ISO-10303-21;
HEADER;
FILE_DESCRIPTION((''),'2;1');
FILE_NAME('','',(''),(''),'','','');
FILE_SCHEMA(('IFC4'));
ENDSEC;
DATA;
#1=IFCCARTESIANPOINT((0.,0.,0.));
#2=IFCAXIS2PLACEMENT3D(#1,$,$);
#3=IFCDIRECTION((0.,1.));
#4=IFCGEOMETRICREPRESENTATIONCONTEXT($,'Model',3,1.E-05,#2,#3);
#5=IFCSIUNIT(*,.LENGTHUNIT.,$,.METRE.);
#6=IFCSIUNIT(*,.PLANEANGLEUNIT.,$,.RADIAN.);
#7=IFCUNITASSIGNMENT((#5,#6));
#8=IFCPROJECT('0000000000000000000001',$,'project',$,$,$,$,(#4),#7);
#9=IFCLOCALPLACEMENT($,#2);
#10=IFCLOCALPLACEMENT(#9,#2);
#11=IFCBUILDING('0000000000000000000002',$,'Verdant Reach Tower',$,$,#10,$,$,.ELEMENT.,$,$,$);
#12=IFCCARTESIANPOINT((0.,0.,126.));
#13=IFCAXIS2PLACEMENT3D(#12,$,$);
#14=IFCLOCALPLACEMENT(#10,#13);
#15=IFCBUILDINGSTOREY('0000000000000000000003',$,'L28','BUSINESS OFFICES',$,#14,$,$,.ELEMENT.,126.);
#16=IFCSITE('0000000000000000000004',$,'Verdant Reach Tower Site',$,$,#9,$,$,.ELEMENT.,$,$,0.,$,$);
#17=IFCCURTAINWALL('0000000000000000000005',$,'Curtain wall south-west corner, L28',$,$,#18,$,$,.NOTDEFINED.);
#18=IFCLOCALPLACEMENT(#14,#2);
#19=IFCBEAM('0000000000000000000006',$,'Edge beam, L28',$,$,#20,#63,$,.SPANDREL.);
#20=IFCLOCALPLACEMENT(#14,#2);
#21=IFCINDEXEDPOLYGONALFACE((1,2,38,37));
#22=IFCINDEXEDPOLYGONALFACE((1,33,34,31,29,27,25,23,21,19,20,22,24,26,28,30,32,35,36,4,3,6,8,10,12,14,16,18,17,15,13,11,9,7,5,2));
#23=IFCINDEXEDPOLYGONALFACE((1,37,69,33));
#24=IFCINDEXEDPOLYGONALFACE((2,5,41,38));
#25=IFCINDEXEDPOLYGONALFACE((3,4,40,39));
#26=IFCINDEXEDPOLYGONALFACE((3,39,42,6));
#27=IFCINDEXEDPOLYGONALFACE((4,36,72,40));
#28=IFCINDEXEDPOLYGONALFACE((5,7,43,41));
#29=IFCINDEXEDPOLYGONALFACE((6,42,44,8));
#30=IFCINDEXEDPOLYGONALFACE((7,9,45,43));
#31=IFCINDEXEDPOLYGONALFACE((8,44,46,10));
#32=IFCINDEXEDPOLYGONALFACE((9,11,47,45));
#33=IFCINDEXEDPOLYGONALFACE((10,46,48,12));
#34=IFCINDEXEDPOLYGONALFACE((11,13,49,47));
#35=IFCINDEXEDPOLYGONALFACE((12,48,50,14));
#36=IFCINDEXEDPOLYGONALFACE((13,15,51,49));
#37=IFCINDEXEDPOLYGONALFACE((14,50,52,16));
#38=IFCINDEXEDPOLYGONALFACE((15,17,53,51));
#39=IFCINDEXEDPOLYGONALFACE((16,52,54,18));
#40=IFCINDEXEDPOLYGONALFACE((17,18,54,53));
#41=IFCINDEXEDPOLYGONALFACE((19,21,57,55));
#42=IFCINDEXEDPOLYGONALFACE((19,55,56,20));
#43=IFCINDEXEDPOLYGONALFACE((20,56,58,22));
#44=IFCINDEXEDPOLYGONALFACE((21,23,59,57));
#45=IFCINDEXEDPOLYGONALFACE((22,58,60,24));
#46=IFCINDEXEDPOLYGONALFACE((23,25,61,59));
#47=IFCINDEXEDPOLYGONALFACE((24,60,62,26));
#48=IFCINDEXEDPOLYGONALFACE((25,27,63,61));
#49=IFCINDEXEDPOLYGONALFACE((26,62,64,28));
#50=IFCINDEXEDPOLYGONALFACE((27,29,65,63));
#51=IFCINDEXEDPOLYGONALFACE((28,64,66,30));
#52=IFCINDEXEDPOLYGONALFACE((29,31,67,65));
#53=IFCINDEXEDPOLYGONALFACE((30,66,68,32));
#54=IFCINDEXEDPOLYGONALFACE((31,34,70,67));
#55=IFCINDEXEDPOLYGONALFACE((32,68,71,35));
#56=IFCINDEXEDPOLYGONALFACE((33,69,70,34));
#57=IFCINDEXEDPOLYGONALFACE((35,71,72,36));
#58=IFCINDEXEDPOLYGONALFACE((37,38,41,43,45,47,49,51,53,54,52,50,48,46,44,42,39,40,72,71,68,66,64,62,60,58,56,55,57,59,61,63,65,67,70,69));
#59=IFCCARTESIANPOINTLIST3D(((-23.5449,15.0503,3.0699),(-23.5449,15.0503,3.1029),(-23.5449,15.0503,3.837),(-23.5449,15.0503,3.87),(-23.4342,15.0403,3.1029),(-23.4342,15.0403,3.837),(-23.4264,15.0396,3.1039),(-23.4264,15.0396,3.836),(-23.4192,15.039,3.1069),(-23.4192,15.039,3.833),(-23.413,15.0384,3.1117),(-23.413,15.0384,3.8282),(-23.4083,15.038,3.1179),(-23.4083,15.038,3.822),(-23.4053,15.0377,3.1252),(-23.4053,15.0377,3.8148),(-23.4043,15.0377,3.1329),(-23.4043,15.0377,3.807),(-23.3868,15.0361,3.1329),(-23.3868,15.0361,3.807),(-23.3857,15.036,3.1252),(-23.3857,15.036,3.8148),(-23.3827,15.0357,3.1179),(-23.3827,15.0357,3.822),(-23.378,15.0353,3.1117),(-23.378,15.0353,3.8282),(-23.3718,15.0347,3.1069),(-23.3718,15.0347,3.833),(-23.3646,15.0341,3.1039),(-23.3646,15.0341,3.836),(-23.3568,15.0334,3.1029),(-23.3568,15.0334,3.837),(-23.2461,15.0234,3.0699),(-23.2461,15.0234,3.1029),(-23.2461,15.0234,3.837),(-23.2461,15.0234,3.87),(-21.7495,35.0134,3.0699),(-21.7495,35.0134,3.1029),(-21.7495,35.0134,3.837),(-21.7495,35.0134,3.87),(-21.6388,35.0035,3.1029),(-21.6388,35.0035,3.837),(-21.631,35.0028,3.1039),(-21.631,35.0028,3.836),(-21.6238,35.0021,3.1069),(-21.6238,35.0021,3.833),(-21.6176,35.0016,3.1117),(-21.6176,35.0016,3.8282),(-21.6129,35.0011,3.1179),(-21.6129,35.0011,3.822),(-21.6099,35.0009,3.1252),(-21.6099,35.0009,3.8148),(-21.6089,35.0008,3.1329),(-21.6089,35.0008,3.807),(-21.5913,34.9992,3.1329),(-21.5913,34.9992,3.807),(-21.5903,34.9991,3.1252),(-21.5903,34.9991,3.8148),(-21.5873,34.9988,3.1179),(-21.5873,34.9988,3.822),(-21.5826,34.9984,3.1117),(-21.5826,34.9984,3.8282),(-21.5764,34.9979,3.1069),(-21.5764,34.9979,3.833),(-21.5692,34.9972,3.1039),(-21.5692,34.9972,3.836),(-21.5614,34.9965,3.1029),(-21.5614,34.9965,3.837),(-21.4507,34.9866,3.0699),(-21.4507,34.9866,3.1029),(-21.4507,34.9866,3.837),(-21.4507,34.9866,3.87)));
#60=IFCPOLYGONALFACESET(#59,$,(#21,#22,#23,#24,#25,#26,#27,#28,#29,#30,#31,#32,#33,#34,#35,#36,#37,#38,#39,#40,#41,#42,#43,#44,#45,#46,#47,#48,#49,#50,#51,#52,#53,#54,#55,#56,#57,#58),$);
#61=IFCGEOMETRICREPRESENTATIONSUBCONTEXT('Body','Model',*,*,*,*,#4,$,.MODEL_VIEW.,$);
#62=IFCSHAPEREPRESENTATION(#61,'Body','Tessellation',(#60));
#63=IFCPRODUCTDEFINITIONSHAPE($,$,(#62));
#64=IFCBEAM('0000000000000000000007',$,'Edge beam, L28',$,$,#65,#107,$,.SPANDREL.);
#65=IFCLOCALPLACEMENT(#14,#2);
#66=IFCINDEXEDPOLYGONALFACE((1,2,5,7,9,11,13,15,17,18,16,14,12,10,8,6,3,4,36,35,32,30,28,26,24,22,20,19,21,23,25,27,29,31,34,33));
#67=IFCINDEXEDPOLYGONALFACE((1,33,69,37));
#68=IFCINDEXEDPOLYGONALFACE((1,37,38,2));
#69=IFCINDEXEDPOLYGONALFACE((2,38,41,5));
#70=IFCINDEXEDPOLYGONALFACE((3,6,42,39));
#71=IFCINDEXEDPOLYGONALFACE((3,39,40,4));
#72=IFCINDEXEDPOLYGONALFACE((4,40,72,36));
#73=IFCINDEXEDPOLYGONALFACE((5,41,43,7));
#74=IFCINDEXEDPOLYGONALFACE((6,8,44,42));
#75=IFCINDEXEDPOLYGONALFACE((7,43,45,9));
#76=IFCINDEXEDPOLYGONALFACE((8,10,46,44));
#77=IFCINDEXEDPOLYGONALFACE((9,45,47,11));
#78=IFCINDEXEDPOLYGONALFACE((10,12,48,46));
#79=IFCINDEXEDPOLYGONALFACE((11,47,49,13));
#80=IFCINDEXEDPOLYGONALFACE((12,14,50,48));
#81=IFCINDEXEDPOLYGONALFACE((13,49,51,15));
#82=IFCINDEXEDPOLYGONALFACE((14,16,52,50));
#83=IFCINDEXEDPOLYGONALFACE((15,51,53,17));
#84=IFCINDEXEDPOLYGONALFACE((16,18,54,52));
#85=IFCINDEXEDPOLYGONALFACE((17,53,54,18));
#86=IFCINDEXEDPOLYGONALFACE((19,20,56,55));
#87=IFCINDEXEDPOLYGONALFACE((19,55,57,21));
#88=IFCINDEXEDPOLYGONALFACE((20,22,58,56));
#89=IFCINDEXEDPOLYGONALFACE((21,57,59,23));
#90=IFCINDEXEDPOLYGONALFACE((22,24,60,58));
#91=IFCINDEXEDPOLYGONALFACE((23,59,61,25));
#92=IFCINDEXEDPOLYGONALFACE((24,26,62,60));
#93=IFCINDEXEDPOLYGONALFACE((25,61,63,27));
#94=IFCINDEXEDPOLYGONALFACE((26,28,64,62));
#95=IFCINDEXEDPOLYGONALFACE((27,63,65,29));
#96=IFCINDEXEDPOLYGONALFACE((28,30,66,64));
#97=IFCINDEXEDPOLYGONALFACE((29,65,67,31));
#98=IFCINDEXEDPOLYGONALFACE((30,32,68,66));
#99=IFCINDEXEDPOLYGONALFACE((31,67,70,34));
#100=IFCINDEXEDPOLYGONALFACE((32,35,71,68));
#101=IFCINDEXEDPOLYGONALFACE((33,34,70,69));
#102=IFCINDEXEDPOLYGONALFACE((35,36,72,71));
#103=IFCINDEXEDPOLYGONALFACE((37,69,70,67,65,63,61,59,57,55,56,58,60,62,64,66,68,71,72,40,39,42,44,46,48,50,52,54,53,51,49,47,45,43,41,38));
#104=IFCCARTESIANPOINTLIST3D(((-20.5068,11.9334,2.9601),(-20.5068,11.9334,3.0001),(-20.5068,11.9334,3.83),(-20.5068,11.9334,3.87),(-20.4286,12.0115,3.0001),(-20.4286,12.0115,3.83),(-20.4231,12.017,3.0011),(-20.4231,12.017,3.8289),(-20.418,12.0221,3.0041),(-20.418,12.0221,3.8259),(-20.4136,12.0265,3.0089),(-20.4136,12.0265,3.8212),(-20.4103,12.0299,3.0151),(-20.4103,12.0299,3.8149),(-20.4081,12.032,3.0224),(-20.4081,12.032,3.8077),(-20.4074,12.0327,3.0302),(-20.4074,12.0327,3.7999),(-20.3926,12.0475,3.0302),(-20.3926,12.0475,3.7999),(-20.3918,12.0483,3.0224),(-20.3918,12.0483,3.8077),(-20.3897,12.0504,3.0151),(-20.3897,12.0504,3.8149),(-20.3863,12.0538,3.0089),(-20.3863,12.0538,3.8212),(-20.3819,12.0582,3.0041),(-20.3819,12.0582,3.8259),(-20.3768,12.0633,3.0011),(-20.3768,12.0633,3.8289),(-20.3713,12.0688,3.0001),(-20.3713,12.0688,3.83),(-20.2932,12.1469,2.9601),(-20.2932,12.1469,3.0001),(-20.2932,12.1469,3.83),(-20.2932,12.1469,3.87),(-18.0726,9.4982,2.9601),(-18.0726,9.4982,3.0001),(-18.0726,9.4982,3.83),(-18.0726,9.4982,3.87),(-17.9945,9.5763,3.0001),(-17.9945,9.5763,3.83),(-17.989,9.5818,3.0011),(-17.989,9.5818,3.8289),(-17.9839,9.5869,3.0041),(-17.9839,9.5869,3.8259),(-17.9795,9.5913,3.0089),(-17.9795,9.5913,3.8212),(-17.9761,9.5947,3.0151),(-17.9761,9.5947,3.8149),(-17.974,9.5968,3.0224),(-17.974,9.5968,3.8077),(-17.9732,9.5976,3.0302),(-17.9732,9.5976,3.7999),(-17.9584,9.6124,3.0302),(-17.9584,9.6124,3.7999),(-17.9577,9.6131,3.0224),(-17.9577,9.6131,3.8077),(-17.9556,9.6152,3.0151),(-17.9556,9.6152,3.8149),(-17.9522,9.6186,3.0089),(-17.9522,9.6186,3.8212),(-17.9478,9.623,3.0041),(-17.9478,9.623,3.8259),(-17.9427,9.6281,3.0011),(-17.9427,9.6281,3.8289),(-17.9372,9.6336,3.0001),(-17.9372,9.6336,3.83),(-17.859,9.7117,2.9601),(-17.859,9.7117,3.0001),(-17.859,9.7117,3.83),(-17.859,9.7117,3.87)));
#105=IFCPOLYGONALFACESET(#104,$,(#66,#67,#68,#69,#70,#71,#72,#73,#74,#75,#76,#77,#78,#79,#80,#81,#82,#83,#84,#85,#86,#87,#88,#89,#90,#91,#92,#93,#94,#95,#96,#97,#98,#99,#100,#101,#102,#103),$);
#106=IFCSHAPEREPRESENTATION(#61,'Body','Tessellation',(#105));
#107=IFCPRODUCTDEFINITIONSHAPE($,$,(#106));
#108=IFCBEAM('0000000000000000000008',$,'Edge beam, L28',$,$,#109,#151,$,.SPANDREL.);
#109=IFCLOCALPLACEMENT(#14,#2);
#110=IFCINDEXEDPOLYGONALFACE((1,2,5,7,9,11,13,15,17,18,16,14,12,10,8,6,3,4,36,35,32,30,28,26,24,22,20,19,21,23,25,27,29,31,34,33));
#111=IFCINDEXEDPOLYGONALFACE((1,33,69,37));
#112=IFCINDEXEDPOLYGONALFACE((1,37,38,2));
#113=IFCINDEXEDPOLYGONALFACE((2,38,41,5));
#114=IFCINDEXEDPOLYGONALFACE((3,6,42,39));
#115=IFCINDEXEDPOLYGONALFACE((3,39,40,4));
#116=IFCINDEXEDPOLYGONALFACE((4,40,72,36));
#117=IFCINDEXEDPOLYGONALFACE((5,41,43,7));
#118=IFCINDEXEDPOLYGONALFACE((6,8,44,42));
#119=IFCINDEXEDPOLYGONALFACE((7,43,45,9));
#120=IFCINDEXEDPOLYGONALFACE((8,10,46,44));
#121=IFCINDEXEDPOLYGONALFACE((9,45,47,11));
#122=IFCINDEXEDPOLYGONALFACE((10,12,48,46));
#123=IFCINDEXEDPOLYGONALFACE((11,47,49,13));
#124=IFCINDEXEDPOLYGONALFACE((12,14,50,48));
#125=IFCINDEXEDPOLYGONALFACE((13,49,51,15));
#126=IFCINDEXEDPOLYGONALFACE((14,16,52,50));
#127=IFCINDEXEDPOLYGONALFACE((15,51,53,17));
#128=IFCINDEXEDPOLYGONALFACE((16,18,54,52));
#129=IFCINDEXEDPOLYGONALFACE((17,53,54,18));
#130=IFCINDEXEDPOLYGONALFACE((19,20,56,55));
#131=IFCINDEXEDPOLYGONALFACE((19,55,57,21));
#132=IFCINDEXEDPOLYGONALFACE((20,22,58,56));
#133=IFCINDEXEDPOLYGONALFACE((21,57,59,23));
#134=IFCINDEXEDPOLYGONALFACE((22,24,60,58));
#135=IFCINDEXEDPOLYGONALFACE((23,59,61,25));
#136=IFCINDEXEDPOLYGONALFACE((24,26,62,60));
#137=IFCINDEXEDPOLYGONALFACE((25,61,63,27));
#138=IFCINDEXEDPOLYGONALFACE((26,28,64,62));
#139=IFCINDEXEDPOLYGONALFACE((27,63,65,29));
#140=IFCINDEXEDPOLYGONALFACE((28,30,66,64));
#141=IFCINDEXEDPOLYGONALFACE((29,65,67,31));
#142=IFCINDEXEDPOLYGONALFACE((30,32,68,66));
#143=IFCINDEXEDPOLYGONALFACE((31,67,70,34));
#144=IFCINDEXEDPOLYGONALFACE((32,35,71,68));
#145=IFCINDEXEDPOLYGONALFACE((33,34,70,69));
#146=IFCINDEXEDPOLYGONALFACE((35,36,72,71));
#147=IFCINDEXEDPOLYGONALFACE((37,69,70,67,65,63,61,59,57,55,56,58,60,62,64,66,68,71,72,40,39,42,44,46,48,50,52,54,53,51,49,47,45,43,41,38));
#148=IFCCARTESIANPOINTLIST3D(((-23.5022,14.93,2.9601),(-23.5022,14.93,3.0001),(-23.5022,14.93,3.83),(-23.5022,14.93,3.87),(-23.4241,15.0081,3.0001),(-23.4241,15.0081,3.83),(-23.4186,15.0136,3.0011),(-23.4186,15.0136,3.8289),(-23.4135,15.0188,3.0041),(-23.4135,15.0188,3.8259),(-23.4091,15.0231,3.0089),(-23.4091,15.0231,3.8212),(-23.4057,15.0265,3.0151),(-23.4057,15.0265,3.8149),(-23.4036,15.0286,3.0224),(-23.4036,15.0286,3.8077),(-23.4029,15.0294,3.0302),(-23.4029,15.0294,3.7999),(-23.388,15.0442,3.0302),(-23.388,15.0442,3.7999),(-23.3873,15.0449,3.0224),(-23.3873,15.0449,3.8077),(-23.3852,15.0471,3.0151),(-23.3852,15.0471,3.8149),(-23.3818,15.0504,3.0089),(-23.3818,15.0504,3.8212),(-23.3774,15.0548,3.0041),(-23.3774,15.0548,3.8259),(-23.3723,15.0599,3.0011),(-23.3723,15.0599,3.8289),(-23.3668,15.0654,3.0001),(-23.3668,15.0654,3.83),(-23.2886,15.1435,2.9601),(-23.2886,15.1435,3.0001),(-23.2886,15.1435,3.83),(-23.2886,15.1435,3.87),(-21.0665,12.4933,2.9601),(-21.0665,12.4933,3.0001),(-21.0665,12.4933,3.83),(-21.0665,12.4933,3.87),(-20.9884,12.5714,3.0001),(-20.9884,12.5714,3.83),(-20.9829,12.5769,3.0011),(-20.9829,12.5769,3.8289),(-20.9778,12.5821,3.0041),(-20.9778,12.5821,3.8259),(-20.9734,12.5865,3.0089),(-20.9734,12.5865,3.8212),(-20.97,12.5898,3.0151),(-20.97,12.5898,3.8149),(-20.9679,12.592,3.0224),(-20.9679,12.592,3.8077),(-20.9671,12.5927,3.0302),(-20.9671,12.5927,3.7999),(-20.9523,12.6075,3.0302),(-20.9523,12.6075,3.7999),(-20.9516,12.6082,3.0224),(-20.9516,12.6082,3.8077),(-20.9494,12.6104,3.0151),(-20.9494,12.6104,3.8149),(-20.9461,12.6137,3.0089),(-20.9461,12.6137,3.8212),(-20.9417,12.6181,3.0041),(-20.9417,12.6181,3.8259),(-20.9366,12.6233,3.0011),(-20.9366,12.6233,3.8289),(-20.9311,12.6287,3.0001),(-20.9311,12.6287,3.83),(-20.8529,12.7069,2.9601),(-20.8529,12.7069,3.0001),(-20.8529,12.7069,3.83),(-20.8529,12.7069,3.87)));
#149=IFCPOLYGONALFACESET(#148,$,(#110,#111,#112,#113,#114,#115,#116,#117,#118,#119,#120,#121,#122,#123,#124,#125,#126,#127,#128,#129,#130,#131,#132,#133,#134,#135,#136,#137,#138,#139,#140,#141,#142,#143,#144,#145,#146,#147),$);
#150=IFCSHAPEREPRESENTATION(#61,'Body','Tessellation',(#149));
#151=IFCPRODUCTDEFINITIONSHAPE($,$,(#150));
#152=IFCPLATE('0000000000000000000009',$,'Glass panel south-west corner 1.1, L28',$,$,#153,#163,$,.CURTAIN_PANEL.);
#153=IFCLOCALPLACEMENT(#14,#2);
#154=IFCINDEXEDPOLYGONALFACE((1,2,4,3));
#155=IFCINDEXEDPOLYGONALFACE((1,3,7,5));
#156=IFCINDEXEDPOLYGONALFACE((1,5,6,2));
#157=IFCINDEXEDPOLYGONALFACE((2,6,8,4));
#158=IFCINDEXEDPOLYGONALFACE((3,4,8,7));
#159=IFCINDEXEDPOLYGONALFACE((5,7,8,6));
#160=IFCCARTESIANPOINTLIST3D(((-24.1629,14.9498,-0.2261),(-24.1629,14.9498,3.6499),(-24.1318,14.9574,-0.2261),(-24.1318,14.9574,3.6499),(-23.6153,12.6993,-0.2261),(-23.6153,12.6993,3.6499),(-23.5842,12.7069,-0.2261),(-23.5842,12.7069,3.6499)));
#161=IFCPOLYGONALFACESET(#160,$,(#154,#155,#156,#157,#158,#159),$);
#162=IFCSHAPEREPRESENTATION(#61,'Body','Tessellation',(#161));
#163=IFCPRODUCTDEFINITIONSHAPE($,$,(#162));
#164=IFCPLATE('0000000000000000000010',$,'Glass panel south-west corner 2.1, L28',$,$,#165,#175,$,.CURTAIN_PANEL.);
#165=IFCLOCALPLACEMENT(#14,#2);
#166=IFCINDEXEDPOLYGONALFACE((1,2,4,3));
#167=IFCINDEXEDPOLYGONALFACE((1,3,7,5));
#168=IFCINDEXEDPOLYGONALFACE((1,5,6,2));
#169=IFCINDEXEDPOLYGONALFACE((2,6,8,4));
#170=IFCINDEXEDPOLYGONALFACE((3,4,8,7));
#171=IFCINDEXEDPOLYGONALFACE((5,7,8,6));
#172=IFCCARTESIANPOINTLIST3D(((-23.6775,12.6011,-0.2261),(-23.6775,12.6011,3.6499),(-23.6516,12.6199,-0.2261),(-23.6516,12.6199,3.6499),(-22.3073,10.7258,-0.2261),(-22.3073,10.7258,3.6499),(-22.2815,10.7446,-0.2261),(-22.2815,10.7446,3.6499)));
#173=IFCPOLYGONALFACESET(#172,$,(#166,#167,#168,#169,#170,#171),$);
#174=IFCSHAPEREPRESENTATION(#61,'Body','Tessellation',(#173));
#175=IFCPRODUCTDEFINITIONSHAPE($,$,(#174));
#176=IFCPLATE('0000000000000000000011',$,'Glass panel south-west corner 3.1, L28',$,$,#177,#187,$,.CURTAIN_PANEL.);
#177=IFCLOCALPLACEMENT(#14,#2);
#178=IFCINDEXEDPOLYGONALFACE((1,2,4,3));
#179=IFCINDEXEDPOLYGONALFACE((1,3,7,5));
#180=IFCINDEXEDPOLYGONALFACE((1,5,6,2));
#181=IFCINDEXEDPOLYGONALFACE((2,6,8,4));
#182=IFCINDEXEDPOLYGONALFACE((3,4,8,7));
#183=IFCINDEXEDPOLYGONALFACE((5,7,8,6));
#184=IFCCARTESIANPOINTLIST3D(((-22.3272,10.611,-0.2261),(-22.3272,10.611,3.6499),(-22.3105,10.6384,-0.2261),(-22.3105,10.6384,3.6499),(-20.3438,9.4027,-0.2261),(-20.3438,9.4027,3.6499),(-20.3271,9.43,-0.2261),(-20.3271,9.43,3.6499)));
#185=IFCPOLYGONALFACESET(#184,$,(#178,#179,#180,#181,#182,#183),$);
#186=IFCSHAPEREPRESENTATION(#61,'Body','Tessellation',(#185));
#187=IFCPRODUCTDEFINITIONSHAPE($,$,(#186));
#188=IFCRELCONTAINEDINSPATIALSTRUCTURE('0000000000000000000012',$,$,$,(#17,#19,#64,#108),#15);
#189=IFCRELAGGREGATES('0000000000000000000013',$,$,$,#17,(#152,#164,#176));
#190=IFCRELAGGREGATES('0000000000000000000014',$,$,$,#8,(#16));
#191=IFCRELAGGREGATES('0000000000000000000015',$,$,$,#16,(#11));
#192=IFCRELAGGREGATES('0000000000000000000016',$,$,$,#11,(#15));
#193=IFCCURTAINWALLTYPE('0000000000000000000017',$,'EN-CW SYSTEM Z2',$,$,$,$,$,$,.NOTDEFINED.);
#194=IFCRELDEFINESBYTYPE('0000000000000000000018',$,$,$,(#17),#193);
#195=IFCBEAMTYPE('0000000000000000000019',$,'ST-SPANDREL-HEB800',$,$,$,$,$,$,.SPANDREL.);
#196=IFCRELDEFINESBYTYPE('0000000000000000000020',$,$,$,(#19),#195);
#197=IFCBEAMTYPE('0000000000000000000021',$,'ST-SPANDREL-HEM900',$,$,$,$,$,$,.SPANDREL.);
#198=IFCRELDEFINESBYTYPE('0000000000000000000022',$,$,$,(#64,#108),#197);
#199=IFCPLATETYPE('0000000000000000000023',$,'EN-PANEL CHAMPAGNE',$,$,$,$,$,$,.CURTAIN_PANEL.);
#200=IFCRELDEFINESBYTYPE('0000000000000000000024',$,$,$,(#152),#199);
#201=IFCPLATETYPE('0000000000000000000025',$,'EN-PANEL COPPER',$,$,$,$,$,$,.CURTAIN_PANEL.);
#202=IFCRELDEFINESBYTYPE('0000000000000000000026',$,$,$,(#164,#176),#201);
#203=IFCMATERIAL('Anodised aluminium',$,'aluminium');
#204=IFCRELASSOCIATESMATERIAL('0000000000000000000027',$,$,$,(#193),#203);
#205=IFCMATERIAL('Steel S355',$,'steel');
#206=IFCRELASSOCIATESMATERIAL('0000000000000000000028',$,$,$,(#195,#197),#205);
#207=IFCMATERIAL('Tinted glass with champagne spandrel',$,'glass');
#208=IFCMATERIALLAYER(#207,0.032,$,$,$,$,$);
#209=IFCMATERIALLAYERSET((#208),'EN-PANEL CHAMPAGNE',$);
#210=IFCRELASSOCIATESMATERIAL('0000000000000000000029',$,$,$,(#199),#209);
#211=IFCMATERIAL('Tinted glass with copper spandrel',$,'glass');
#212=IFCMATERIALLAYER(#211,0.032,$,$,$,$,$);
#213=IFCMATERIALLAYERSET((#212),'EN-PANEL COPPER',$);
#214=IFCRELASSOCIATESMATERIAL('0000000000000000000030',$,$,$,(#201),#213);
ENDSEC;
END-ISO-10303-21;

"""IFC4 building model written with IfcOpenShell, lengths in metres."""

from ifc_helpers import new_model, si_unit, direction, frame, origin, origin_2d, place, context, subcontext, project, spatial, rectangle, i_section, extrude, material, layer, layer_set, material_profile, profile_set, type_object, element, aggregate, save


model = new_model("IFC4")

# Units and contexts
model_context = context("Model", 3, precision=1e-05, world=origin(), true_north=direction((0.0, 1.0)))
body_context = subcontext(model_context, "Body", "Model", "MODEL_VIEW")
ifc_project = project(units=[si_unit("LENGTHUNIT", "METRE"), si_unit("PLANEANGLEUNIT", "RADIAN")], contexts=[model_context])

# Site, building, storey
site_placement = place(None, origin())
site = spatial("IfcSite", under=ifc_project, at=site_placement, Name="Verdant Reach Tower Site", CompositionType="ELEMENT", RefElevation=0.0)
building_placement = place(site_placement, origin())
building = spatial("IfcBuilding", under=site, at=building_placement, Name="Verdant Reach Tower", CompositionType="ELEMENT")
storey_placement = place(building_placement, frame((0.0, 0.0, 126.0)))
storey = spatial("IfcBuildingStorey", under=building, at=storey_placement, Name="L28", Description="BUSINESS OFFICES", CompositionType="ELEMENT", Elevation=126.0)

# Shared definitions
ifc_material_1 = material(Name="Anodised aluminium", Category="aluminium")
curtain_wall_type = type_object("IfcCurtainWallType", Name="EN-CW SYSTEM Z2", PredefinedType="NOTDEFINED", material=ifc_material_1)

# Curtain wall
curtain_wall_1_placement = place(storey_placement, origin())
curtain_wall_1 = element("IfcCurtainWall", 1, at=curtain_wall_1_placement, inside=storey, type_object=curtain_wall_type, Name="Curtain wall south-west corner, L28", PredefinedType="NOTDEFINED")

# Beams
ifc_material_2 = material(Name="Steel S355", Category="steel")
ifc_material_profile_1 = material_profile(ifc_material_2, i_section(OverallWidth=0.3, OverallDepth=0.8, WebThickness=0.0176, FlangeThickness=0.033, FilletRadius=0.03, at=origin_2d()), Name="HEB 800")
ifc_profile_set_1 = profile_set([ifc_material_profile_1], Name="Steel S355")
beam_type_1 = type_object("IfcBeamType", Name="ST-SPANDREL-HEB800", PredefinedType="SPANDREL", material=ifc_profile_set_1)
beam_1_placement = place(storey_placement, frame((-23.3955, 15.0369, 3.47), z_axis=(0.089575, 0.99598, 0.0), x_axis=(-0.99598, 0.089575, 0.0)))
element("IfcBeam", 2, at=beam_1_placement, inside=storey, type_object=beam_type_1, Name="Edge beam, L28", PredefinedType="SPANDREL", context=body_context, shape_type="SweptSolid", body=[
    extrude(i_section(OverallWidth=0.3, OverallDepth=0.8, WebThickness=0.0176, FlangeThickness=0.033, FilletRadius=0.03, at=origin_2d()), origin(), (0.0, 0.0, 1.0), 20.0437),
])
ifc_material_profile_2 = material_profile(ifc_material_2, i_section(OverallWidth=0.302, OverallDepth=0.9099, WebThickness=0.021, FlangeThickness=0.04, FilletRadius=0.03, at=origin_2d()), Name="HEM 900")
ifc_profile_set_2 = profile_set([ifc_material_profile_2], Name="Steel S355")
beam_type_2 = type_object("IfcBeamType", Name="ST-SPANDREL-HEM900", PredefinedType="SPANDREL", material=ifc_profile_set_2)
beam_2_placement = place(storey_placement, frame((-17.9658, 9.605, 3.415), z_axis=(-0.706965, 0.707249, 0.0), x_axis=(-0.707249, -0.706965, 0.0)))
element("IfcBeam", 3, at=beam_2_placement, inside=storey, type_object=beam_type_2, Name="Edge beam, L28", PredefinedType="SPANDREL", context=body_context, shape_type="SweptSolid", body=[
    extrude(i_section(OverallWidth=0.302, OverallDepth=0.9099, WebThickness=0.021, FlangeThickness=0.04, FilletRadius=0.03, at=origin_2d()), origin(), (0.0, 0.0, 1.0), 3.4431),
])
beam_3_placement = place(storey_placement, frame((-20.9597, 12.6001, 3.415), z_axis=(-0.706965, 0.707248, 0.0), x_axis=(-0.707248, -0.706965, 0.0)))
element("IfcBeam", 4, at=beam_3_placement, inside=storey, type_object=beam_type_2, Name="Edge beam, L28", PredefinedType="SPANDREL", context=body_context, shape_type="SweptSolid", body=[
    extrude(i_section(OverallWidth=0.302, OverallDepth=0.9099, WebThickness=0.021, FlangeThickness=0.04, FilletRadius=0.03, at=origin_2d()), origin(), (0.0, 0.0, 1.0), 3.4453),
])

# Plates
ifc_material_3 = material(Name="Tinted glass with champagne spandrel", Category="glass")
ifc_layer_1 = layer(ifc_material_3, 0.032)
ifc_layer_set_1 = layer_set([ifc_layer_1], Name="EN-PANEL CHAMPAGNE")
plate_type_1 = type_object("IfcPlateType", Name="EN-PANEL CHAMPAGNE", PredefinedType="CURTAIN_PANEL", material=ifc_layer_set_1)
plate_1_placement = place(storey_placement, frame((-23.8735, 13.8284, -0.2261), z_axis=(0.0, 0.0, 1.0), x_axis=(0.236416, -0.971652, 0.0)))
plate_1 = element("IfcPlate", 5, at=plate_1_placement, type_object=plate_type_1, Name="Glass panel south-west corner 1.1, L28", PredefinedType="CURTAIN_PANEL", context=body_context, shape_type="SweptSolid", body=[
    extrude(rectangle(XDim=2.3162, YDim=0.032, at=origin_2d()), origin(), (0.0, 0.0, 1.0), 3.876),
])
ifc_material_4 = material(Name="Tinted glass with copper spandrel", Category="glass")
ifc_layer_2 = layer(ifc_material_4, 0.032)
ifc_layer_set_2 = layer_set([ifc_layer_2], Name="EN-PANEL COPPER")
plate_type_2 = type_object("IfcPlateType", Name="EN-PANEL COPPER", PredefinedType="CURTAIN_PANEL", material=ifc_layer_set_2)
plate_2_placement = place(storey_placement, frame((-22.9795, 11.6729, -0.2261), z_axis=(0.0, 0.0, 1.0), x_axis=(0.589927, -0.807457, 0.0)))
plate_2 = element("IfcPlate", 6, at=plate_2_placement, type_object=plate_type_2, Name="Glass panel south-west corner 2.1, L28", PredefinedType="CURTAIN_PANEL", context=body_context, shape_type="SweptSolid", body=[
    extrude(rectangle(XDim=2.3225, YDim=0.032, at=origin_2d()), origin(), (0.0, 0.0, 1.0), 3.876),
])
plate_3_placement = place(storey_placement, frame((-21.3271, 10.0205, -0.2261), z_axis=(0.0, 0.0, 1.0), x_axis=(0.853989, -0.520292, 0.0)))
plate_3 = element("IfcPlate", 7, at=plate_3_placement, type_object=plate_type_2, Name="Glass panel south-west corner 3.1, L28", PredefinedType="CURTAIN_PANEL", context=body_context, shape_type="SweptSolid", body=[
    extrude(rectangle(XDim=2.3225, YDim=0.032, at=origin_2d()), origin(), (0.0, 0.0, 1.0), 3.876),
])
aggregate(curtain_wall_1, [plate_1, plate_2, plate_3])

save(model, "model.ifc")
